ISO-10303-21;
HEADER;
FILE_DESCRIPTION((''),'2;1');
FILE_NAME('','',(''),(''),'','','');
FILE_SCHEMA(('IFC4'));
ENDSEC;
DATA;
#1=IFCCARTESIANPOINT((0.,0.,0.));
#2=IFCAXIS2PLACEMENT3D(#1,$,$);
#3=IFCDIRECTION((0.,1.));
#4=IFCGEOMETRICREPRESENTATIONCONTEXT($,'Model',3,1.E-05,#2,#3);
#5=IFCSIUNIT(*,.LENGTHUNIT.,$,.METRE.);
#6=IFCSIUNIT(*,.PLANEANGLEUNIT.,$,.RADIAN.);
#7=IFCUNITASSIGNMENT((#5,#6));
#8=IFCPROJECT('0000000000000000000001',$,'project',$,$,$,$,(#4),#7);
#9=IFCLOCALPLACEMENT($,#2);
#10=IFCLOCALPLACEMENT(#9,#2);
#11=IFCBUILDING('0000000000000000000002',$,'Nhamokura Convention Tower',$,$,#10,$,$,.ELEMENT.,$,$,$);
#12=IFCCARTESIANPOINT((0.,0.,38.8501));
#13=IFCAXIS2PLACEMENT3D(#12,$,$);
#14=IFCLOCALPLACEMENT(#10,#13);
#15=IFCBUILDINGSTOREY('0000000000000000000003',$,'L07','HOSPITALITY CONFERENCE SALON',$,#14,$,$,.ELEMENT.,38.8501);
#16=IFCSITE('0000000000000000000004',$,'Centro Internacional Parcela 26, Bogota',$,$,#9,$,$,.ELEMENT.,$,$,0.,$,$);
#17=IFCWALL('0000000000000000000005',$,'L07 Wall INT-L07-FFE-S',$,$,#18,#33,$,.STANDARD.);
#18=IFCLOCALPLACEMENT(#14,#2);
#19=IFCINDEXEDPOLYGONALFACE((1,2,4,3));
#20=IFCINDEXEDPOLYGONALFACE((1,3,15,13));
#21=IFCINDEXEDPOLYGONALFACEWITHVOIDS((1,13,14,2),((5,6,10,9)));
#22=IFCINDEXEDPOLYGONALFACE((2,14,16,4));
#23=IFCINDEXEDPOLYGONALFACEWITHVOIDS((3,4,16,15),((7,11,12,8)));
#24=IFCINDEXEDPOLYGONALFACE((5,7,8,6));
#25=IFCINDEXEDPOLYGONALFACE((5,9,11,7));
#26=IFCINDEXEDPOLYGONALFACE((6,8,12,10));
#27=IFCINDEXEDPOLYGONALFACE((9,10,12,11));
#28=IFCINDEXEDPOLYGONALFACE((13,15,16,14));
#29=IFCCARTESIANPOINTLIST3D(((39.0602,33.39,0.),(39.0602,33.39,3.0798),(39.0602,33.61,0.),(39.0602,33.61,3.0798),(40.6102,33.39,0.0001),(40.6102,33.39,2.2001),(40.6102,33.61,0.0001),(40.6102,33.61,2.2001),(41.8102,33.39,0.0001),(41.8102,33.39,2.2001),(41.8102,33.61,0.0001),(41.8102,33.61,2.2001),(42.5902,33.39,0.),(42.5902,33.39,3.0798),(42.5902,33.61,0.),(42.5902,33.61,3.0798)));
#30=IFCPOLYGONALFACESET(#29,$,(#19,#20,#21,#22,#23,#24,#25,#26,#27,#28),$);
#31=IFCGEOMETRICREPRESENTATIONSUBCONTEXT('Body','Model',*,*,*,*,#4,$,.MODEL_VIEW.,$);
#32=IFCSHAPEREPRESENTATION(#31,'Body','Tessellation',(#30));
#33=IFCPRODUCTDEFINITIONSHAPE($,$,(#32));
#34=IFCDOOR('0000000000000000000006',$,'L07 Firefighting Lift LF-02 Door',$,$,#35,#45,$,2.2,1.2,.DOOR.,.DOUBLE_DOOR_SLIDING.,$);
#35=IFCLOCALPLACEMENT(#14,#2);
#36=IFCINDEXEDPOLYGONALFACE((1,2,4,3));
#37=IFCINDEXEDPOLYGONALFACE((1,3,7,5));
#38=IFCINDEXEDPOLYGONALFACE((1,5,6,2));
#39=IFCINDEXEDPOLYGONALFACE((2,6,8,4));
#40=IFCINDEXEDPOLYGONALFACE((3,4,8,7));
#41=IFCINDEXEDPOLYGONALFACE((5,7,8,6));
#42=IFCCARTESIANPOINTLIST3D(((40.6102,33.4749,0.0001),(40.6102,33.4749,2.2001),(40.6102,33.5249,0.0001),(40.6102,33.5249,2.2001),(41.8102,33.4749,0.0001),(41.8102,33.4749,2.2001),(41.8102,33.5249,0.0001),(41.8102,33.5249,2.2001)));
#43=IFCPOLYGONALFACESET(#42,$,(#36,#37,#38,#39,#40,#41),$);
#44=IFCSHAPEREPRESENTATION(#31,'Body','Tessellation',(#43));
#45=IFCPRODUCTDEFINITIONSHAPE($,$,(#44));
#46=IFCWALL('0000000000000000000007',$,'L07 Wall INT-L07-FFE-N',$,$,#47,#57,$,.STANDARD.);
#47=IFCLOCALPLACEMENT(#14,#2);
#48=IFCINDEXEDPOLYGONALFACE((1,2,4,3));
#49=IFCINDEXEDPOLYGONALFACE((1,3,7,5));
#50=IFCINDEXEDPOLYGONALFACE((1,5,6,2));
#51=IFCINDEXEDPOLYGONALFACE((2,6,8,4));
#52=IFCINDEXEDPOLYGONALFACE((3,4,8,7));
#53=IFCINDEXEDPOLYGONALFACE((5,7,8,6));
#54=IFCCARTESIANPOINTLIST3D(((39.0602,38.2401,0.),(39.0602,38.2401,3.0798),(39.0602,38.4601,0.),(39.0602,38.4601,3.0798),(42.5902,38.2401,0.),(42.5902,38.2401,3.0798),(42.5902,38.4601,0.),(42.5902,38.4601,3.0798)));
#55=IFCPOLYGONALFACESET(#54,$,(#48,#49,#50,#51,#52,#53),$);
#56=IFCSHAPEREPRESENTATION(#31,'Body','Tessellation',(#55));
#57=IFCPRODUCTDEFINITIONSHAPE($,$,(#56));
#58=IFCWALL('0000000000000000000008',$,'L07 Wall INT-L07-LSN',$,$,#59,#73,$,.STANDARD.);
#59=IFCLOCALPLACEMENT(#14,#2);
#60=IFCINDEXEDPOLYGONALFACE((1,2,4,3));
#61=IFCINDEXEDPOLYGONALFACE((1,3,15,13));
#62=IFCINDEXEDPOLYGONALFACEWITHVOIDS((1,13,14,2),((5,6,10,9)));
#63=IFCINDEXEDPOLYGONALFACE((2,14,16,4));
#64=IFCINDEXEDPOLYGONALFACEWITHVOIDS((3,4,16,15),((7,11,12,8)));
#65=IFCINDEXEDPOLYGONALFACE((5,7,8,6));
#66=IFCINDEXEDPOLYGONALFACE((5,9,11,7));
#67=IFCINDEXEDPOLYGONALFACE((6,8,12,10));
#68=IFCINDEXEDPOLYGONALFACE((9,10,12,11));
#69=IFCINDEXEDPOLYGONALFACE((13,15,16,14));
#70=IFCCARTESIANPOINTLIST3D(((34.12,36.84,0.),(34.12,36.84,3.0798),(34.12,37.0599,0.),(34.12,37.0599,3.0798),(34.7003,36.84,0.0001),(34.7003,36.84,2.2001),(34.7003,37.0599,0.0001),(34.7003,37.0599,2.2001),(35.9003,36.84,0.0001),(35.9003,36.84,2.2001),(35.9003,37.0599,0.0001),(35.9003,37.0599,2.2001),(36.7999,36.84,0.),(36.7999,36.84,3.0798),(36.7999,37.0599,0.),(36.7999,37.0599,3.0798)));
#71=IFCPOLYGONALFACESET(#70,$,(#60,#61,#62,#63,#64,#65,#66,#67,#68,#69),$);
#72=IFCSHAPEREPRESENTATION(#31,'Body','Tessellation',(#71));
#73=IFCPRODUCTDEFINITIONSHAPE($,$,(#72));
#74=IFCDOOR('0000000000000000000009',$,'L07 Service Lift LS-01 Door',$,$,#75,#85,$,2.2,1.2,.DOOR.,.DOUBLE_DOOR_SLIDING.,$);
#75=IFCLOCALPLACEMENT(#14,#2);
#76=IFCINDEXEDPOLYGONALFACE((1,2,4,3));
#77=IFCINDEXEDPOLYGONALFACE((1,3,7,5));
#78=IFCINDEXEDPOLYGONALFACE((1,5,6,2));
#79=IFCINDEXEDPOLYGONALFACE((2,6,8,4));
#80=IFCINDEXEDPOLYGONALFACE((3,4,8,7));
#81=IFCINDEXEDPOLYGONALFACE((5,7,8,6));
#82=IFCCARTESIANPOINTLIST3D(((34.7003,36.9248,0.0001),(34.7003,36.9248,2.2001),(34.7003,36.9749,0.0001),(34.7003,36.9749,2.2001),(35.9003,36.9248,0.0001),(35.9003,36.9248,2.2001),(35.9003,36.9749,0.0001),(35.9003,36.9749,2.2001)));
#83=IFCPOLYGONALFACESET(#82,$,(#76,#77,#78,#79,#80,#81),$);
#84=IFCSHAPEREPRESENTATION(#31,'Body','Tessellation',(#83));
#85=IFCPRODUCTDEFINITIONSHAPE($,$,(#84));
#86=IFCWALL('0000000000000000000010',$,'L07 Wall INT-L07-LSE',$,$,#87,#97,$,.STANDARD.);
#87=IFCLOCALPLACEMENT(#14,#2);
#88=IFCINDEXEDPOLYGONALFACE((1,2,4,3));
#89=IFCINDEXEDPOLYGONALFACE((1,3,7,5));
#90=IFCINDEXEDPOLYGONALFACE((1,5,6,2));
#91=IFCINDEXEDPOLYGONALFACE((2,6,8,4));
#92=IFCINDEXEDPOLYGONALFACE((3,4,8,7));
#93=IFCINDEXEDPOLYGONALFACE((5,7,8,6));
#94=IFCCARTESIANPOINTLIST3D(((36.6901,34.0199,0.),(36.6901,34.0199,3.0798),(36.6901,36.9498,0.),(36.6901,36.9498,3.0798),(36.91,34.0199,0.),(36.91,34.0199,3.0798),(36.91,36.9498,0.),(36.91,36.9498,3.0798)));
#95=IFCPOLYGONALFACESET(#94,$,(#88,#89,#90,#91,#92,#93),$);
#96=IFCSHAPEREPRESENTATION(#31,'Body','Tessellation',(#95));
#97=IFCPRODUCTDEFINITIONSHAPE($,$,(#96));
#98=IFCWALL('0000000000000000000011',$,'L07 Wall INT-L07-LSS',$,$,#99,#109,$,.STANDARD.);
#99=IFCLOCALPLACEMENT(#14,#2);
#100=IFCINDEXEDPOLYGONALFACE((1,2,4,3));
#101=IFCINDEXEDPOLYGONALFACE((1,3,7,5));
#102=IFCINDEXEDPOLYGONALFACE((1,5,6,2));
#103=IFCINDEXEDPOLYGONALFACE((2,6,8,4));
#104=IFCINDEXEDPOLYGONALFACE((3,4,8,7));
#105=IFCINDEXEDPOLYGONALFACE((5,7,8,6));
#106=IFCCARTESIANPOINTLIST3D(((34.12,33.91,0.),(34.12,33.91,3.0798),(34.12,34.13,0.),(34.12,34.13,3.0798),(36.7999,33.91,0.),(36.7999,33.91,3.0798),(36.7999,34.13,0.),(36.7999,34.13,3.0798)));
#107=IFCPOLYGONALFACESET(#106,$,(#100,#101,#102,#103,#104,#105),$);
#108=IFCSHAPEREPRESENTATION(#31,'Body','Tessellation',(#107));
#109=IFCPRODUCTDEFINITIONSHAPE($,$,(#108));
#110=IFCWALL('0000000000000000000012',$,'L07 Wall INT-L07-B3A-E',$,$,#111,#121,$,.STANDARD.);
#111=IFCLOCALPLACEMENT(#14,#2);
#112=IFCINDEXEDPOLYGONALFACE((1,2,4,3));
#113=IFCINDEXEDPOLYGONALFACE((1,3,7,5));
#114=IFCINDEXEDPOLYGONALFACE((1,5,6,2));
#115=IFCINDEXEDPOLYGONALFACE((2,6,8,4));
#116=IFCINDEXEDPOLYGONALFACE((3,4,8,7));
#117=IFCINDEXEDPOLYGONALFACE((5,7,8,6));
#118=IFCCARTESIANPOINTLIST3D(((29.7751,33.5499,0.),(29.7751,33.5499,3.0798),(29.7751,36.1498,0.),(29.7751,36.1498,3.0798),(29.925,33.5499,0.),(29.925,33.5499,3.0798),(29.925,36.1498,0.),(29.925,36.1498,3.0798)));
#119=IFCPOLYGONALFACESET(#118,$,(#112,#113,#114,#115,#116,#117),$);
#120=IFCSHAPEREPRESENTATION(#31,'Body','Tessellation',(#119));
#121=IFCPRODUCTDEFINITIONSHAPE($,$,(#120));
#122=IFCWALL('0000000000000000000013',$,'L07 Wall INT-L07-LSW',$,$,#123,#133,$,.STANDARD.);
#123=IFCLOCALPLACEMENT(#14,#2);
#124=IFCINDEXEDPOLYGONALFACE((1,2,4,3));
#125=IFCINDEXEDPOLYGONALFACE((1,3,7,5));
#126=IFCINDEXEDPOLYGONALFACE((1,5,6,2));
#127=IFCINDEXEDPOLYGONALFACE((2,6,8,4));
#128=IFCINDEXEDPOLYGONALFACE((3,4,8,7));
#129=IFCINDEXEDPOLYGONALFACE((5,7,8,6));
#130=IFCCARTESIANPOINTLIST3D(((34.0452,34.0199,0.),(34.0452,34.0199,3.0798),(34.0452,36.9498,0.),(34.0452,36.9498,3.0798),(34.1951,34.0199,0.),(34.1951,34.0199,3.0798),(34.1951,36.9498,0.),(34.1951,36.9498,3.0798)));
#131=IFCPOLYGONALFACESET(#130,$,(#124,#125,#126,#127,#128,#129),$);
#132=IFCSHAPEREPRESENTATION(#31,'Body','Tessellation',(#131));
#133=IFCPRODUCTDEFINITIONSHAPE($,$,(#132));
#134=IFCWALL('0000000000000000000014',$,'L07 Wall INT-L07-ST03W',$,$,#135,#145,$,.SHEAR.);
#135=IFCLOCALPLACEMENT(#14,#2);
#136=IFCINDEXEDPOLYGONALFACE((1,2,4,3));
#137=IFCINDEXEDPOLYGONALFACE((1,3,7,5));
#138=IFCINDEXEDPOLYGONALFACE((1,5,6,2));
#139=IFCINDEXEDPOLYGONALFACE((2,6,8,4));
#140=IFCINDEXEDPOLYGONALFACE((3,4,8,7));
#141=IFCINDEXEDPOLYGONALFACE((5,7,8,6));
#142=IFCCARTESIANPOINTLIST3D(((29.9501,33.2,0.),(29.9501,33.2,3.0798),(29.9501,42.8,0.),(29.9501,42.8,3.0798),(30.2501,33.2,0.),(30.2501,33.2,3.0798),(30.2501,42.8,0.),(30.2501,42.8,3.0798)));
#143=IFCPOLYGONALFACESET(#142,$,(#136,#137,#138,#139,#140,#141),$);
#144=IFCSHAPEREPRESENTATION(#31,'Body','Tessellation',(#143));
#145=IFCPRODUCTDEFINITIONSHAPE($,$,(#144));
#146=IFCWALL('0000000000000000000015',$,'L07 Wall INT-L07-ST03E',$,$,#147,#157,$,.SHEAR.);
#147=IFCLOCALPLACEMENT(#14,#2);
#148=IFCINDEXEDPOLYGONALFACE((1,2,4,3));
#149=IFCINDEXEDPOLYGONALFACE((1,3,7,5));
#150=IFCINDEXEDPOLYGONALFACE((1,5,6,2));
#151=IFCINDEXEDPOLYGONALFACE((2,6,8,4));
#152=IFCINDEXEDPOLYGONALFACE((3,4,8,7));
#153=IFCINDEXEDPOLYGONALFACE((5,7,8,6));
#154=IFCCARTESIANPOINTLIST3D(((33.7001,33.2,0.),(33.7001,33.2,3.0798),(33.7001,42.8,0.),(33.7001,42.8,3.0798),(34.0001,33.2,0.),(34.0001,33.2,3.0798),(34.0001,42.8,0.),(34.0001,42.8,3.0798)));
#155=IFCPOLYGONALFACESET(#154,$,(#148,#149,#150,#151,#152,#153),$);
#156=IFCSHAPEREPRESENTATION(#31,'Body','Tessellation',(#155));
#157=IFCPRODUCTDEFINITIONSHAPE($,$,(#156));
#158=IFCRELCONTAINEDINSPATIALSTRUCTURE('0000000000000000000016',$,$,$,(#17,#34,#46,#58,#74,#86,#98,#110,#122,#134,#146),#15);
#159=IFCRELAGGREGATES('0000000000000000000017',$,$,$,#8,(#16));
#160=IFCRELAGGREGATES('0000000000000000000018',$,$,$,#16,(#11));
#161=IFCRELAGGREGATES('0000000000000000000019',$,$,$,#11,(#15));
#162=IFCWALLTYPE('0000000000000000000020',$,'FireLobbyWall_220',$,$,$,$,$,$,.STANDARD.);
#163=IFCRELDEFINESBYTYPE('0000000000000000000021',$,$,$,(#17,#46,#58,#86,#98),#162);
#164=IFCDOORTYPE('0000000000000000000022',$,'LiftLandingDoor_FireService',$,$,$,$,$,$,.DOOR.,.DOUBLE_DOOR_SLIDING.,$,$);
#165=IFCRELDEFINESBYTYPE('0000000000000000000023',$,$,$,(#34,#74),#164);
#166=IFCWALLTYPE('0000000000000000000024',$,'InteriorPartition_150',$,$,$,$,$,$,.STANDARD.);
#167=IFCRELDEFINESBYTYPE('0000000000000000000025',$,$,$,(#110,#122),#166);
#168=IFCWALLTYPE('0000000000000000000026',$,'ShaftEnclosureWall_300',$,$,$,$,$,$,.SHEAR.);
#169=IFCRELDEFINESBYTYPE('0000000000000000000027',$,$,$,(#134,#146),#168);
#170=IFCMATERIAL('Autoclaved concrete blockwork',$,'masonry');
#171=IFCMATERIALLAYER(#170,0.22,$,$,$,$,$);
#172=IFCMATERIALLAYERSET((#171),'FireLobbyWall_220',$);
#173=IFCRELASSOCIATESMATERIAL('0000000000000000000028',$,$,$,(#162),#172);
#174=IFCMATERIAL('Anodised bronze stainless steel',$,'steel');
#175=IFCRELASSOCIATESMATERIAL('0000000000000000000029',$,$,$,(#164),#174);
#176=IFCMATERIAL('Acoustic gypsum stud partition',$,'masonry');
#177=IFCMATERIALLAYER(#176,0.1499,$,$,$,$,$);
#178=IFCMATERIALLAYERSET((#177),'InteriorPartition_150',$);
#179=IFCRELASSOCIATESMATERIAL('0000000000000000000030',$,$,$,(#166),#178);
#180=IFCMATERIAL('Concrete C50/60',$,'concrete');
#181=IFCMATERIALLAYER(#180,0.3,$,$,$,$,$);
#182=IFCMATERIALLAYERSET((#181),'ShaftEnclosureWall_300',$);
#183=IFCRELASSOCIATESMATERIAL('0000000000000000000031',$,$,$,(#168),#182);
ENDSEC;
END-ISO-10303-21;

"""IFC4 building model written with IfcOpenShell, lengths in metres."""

from ifc_helpers import new_model, si_unit, direction, frame, frame_2d, origin, place, context, subcontext, project, spatial, rectangle, extrude, material, layer, layer_set, type_object, element, fill, save


model = new_model("IFC4")

# Units and contexts
model_context = context("Model", 3, precision=1e-05, world=origin(), true_north=direction((0.0, 1.0)))
body_context = subcontext(model_context, "Body", "Model", "MODEL_VIEW")
ifc_project = project(units=[si_unit("LENGTHUNIT", "METRE"), si_unit("PLANEANGLEUNIT", "RADIAN")], contexts=[model_context])

# Site, building, storey
site_placement = place(None, origin())
site = spatial("IfcSite", under=ifc_project, at=site_placement, Name="Centro Internacional Parcela 26, Bogota", CompositionType="ELEMENT", RefElevation=0.0)
building_placement = place(site_placement, origin())
building = spatial("IfcBuilding", under=site, at=building_placement, Name="Nhamokura Convention Tower", CompositionType="ELEMENT")
storey_placement = place(building_placement, frame((0.0, 0.0, 38.8501)))
storey = spatial("IfcBuildingStorey", under=building, at=storey_placement, Name="L07", Description="HOSPITALITY CONFERENCE SALON", CompositionType="ELEMENT", Elevation=38.8501)

# Wall, opening, door
ifc_material_1 = material(Name="Autoclaved concrete blockwork", Category="masonry")
ifc_layer_1 = layer(ifc_material_1, 0.22)
ifc_layer_set_1 = layer_set([ifc_layer_1], Name="FireLobbyWall_220")
wall_type_1 = type_object("IfcWallType", Name="FireLobbyWall_220", PredefinedType="STANDARD", material=ifc_layer_set_1)
wall_1_placement = place(storey_placement, frame((39.0601, 33.5, 0.0), z_axis=(0.0, 0.0, 1.0), x_axis=(1.0, 0.0, 0.0)))
wall_1 = element("IfcWall", 1, at=wall_1_placement, inside=storey, type_object=wall_type_1, Name="L07 Wall INT-L07-FFE-S", PredefinedType="STANDARD", context=body_context, shape_type="SweptSolid", body=[
    extrude(rectangle(XDim=3.53, YDim=0.22, at=frame_2d((1.7651, 0.0))), origin(), (0.0, 0.0, 1.0), 3.0798),
])
opening_1_placement = place(wall_1_placement, frame((1.55, 0.0, 0.0)))
opening_1 = element("IfcOpeningElement", 2, at=opening_1_placement, cuts=wall_1, PredefinedType="OPENING", context=body_context, shape_type="SweptSolid", body=[
    extrude(rectangle(XDim=1.2, YDim=2.2, at=frame_2d((0.6001, 1.1001))), frame((0.0, 0.1199, 0.0), z_axis=(0.0, -1.0, 0.0), x_axis=(1.0, 0.0, 0.0)), (0.0, 0.0, 1.0), 0.24),
])
ifc_material_2 = material(Name="Anodised bronze stainless steel", Category="steel")
door_type_1 = type_object("IfcDoorType", Name="LiftLandingDoor_FireService", OperationType="DOUBLE_DOOR_SLIDING", PredefinedType="DOOR", material=ifc_material_2)
door_1_placement = place(opening_1_placement, origin())
door_1 = element("IfcDoor", 3, at=door_1_placement, inside=storey, type_object=door_type_1, Name="L07 Firefighting Lift LF-02 Door", OperationType="DOUBLE_DOOR_SLIDING", OverallHeight=2.2, OverallWidth=1.2, PredefinedType="DOOR", context=body_context, shape_type="SweptSolid", body=[
    extrude(rectangle(XDim=1.2, YDim=2.2, at=frame_2d((0.6001, 1.1001))), frame((0.0, 0.0249, 0.0), z_axis=(0.0, -1.0, 0.0), x_axis=(1.0, 0.0, 0.0)), (0.0, 0.0, 1.0), 0.05),
])
fill(opening_1, door_1)

# Wall
wall_2_placement = place(storey_placement, frame((39.0601, 38.3501, 0.0), z_axis=(0.0, 0.0, 1.0), x_axis=(1.0, 0.0, 0.0)))
element("IfcWall", 4, at=wall_2_placement, inside=storey, type_object=wall_type_1, Name="L07 Wall INT-L07-FFE-N", PredefinedType="STANDARD", context=body_context, shape_type="SweptSolid", body=[
    extrude(rectangle(XDim=3.53, YDim=0.22, at=frame_2d((1.7651, 0.0))), origin(), (0.0, 0.0, 1.0), 3.0798),
])

# Wall, opening, door
wall_3_placement = place(storey_placement, frame((34.1201, 36.95, 0.0), z_axis=(0.0, 0.0, 1.0), x_axis=(1.0, 0.0, 0.0)))
wall_3 = element("IfcWall", 5, at=wall_3_placement, inside=storey, type_object=wall_type_1, Name="L07 Wall INT-L07-LSN", PredefinedType="STANDARD", context=body_context, shape_type="SweptSolid", body=[
    extrude(rectangle(XDim=2.6799, YDim=0.22, at=frame_2d((1.3398, 0.0))), origin(), (0.0, 0.0, 1.0), 3.0798),
])
opening_2_placement = place(wall_3_placement, frame((0.5801, 0.0, 0.0)))
opening_2 = element("IfcOpeningElement", 6, at=opening_2_placement, cuts=wall_3, PredefinedType="OPENING", context=body_context, shape_type="SweptSolid", body=[
    extrude(rectangle(XDim=1.2, YDim=2.2, at=frame_2d((0.6001, 1.1001))), frame((0.0, 0.1199, 0.0), z_axis=(0.0, -1.0, 0.0), x_axis=(1.0, 0.0, 0.0)), (0.0, 0.0, 1.0), 0.24),
])
door_2_placement = place(opening_2_placement, origin())
door_2 = element("IfcDoor", 7, at=door_2_placement, inside=storey, type_object=door_type_1, Name="L07 Service Lift LS-01 Door", OperationType="DOUBLE_DOOR_SLIDING", OverallHeight=2.2, OverallWidth=1.2, PredefinedType="DOOR", context=body_context, shape_type="SweptSolid", body=[
    extrude(rectangle(XDim=1.2, YDim=2.2, at=frame_2d((0.6001, 1.1001))), frame((0.0, 0.0249, 0.0), z_axis=(0.0, -1.0, 0.0), x_axis=(1.0, 0.0, 0.0)), (0.0, 0.0, 1.0), 0.05),
])
fill(opening_2, door_2)

# Walls
wall_4_placement = place(storey_placement, frame((36.8, 34.02, 0.0), z_axis=(0.0, 0.0, 1.0), x_axis=(0.0, 1.0, 0.0)))
element("IfcWall", 8, at=wall_4_placement, inside=storey, type_object=wall_type_1, Name="L07 Wall INT-L07-LSE", PredefinedType="STANDARD", context=body_context, shape_type="SweptSolid", body=[
    extrude(rectangle(XDim=2.9299, YDim=0.22, at=frame_2d((1.4648, 0.0))), origin(), (0.0, 0.0, 1.0), 3.0798),
])
wall_5_placement = place(storey_placement, frame((34.1201, 34.02, 0.0), z_axis=(0.0, 0.0, 1.0), x_axis=(1.0, 0.0, 0.0)))
element("IfcWall", 9, at=wall_5_placement, inside=storey, type_object=wall_type_1, Name="L07 Wall INT-L07-LSS", PredefinedType="STANDARD", context=body_context, shape_type="SweptSolid", body=[
    extrude(rectangle(XDim=2.6799, YDim=0.22, at=frame_2d((1.3398, 0.0))), origin(), (0.0, 0.0, 1.0), 3.0798),
])
ifc_material_3 = material(Name="Acoustic gypsum stud partition", Category="masonry")
ifc_layer_2 = layer(ifc_material_3, 0.1499)
ifc_layer_set_2 = layer_set([ifc_layer_2], Name="InteriorPartition_150")
wall_type_2 = type_object("IfcWallType", Name="InteriorPartition_150", PredefinedType="STANDARD", material=ifc_layer_set_2)
wall_6_placement = place(storey_placement, frame((29.8501, 33.55, 0.0), z_axis=(0.0, 0.0, 1.0), x_axis=(0.0, 1.0, 0.0)))
element("IfcWall", 10, at=wall_6_placement, inside=storey, type_object=wall_type_2, Name="L07 Wall INT-L07-B3A-E", PredefinedType="STANDARD", context=body_context, shape_type="SweptSolid", body=[
    extrude(rectangle(XDim=2.5999, YDim=0.1499, at=frame_2d((1.2998, 0.0))), origin(), (0.0, 0.0, 1.0), 3.0798),
])
wall_7_placement = place(storey_placement, frame((34.1201, 34.02, 0.0), z_axis=(0.0, 0.0, 1.0), x_axis=(0.0, 1.0, 0.0)))
element("IfcWall", 11, at=wall_7_placement, inside=storey, type_object=wall_type_2, Name="L07 Wall INT-L07-LSW", PredefinedType="STANDARD", context=body_context, shape_type="SweptSolid", body=[
    extrude(rectangle(XDim=2.9299, YDim=0.1499, at=frame_2d((1.4648, 0.0))), origin(), (0.0, 0.0, 1.0), 3.0798),
])
ifc_material_4 = material(Name="Concrete C50/60", Category="concrete")
ifc_layer_3 = layer(ifc_material_4, 0.3)
ifc_layer_set_3 = layer_set([ifc_layer_3], Name="ShaftEnclosureWall_300")
wall_type_3 = type_object("IfcWallType", Name="ShaftEnclosureWall_300", PredefinedType="SHEAR", material=ifc_layer_set_3)
for number, where, z_axis, x_axis, name in (
    (12, (30.1001, 33.2, 0.0), (0.0, 0.0, 1.0), (0.0, 1.0, 0.0), "L07 Wall INT-L07-ST03W"),
    (13, (33.8501, 33.2, 0.0), (0.0, 0.0, 1.0), (0.0, 1.0, 0.0), "L07 Wall INT-L07-ST03E"),
):
    element("IfcWall", number, at=place(storey_placement, frame(where, z_axis=z_axis, x_axis=x_axis)), inside=storey, type_object=wall_type_3, Name=name, PredefinedType="SHEAR", context=body_context, shape_type="SweptSolid", body=[
        extrude(rectangle(XDim=9.6001, YDim=0.3, at=frame_2d((4.8, 0.0))), origin(), (0.0, 0.0, 1.0), 3.0798),
    ])

save(model, "model.ifc")
